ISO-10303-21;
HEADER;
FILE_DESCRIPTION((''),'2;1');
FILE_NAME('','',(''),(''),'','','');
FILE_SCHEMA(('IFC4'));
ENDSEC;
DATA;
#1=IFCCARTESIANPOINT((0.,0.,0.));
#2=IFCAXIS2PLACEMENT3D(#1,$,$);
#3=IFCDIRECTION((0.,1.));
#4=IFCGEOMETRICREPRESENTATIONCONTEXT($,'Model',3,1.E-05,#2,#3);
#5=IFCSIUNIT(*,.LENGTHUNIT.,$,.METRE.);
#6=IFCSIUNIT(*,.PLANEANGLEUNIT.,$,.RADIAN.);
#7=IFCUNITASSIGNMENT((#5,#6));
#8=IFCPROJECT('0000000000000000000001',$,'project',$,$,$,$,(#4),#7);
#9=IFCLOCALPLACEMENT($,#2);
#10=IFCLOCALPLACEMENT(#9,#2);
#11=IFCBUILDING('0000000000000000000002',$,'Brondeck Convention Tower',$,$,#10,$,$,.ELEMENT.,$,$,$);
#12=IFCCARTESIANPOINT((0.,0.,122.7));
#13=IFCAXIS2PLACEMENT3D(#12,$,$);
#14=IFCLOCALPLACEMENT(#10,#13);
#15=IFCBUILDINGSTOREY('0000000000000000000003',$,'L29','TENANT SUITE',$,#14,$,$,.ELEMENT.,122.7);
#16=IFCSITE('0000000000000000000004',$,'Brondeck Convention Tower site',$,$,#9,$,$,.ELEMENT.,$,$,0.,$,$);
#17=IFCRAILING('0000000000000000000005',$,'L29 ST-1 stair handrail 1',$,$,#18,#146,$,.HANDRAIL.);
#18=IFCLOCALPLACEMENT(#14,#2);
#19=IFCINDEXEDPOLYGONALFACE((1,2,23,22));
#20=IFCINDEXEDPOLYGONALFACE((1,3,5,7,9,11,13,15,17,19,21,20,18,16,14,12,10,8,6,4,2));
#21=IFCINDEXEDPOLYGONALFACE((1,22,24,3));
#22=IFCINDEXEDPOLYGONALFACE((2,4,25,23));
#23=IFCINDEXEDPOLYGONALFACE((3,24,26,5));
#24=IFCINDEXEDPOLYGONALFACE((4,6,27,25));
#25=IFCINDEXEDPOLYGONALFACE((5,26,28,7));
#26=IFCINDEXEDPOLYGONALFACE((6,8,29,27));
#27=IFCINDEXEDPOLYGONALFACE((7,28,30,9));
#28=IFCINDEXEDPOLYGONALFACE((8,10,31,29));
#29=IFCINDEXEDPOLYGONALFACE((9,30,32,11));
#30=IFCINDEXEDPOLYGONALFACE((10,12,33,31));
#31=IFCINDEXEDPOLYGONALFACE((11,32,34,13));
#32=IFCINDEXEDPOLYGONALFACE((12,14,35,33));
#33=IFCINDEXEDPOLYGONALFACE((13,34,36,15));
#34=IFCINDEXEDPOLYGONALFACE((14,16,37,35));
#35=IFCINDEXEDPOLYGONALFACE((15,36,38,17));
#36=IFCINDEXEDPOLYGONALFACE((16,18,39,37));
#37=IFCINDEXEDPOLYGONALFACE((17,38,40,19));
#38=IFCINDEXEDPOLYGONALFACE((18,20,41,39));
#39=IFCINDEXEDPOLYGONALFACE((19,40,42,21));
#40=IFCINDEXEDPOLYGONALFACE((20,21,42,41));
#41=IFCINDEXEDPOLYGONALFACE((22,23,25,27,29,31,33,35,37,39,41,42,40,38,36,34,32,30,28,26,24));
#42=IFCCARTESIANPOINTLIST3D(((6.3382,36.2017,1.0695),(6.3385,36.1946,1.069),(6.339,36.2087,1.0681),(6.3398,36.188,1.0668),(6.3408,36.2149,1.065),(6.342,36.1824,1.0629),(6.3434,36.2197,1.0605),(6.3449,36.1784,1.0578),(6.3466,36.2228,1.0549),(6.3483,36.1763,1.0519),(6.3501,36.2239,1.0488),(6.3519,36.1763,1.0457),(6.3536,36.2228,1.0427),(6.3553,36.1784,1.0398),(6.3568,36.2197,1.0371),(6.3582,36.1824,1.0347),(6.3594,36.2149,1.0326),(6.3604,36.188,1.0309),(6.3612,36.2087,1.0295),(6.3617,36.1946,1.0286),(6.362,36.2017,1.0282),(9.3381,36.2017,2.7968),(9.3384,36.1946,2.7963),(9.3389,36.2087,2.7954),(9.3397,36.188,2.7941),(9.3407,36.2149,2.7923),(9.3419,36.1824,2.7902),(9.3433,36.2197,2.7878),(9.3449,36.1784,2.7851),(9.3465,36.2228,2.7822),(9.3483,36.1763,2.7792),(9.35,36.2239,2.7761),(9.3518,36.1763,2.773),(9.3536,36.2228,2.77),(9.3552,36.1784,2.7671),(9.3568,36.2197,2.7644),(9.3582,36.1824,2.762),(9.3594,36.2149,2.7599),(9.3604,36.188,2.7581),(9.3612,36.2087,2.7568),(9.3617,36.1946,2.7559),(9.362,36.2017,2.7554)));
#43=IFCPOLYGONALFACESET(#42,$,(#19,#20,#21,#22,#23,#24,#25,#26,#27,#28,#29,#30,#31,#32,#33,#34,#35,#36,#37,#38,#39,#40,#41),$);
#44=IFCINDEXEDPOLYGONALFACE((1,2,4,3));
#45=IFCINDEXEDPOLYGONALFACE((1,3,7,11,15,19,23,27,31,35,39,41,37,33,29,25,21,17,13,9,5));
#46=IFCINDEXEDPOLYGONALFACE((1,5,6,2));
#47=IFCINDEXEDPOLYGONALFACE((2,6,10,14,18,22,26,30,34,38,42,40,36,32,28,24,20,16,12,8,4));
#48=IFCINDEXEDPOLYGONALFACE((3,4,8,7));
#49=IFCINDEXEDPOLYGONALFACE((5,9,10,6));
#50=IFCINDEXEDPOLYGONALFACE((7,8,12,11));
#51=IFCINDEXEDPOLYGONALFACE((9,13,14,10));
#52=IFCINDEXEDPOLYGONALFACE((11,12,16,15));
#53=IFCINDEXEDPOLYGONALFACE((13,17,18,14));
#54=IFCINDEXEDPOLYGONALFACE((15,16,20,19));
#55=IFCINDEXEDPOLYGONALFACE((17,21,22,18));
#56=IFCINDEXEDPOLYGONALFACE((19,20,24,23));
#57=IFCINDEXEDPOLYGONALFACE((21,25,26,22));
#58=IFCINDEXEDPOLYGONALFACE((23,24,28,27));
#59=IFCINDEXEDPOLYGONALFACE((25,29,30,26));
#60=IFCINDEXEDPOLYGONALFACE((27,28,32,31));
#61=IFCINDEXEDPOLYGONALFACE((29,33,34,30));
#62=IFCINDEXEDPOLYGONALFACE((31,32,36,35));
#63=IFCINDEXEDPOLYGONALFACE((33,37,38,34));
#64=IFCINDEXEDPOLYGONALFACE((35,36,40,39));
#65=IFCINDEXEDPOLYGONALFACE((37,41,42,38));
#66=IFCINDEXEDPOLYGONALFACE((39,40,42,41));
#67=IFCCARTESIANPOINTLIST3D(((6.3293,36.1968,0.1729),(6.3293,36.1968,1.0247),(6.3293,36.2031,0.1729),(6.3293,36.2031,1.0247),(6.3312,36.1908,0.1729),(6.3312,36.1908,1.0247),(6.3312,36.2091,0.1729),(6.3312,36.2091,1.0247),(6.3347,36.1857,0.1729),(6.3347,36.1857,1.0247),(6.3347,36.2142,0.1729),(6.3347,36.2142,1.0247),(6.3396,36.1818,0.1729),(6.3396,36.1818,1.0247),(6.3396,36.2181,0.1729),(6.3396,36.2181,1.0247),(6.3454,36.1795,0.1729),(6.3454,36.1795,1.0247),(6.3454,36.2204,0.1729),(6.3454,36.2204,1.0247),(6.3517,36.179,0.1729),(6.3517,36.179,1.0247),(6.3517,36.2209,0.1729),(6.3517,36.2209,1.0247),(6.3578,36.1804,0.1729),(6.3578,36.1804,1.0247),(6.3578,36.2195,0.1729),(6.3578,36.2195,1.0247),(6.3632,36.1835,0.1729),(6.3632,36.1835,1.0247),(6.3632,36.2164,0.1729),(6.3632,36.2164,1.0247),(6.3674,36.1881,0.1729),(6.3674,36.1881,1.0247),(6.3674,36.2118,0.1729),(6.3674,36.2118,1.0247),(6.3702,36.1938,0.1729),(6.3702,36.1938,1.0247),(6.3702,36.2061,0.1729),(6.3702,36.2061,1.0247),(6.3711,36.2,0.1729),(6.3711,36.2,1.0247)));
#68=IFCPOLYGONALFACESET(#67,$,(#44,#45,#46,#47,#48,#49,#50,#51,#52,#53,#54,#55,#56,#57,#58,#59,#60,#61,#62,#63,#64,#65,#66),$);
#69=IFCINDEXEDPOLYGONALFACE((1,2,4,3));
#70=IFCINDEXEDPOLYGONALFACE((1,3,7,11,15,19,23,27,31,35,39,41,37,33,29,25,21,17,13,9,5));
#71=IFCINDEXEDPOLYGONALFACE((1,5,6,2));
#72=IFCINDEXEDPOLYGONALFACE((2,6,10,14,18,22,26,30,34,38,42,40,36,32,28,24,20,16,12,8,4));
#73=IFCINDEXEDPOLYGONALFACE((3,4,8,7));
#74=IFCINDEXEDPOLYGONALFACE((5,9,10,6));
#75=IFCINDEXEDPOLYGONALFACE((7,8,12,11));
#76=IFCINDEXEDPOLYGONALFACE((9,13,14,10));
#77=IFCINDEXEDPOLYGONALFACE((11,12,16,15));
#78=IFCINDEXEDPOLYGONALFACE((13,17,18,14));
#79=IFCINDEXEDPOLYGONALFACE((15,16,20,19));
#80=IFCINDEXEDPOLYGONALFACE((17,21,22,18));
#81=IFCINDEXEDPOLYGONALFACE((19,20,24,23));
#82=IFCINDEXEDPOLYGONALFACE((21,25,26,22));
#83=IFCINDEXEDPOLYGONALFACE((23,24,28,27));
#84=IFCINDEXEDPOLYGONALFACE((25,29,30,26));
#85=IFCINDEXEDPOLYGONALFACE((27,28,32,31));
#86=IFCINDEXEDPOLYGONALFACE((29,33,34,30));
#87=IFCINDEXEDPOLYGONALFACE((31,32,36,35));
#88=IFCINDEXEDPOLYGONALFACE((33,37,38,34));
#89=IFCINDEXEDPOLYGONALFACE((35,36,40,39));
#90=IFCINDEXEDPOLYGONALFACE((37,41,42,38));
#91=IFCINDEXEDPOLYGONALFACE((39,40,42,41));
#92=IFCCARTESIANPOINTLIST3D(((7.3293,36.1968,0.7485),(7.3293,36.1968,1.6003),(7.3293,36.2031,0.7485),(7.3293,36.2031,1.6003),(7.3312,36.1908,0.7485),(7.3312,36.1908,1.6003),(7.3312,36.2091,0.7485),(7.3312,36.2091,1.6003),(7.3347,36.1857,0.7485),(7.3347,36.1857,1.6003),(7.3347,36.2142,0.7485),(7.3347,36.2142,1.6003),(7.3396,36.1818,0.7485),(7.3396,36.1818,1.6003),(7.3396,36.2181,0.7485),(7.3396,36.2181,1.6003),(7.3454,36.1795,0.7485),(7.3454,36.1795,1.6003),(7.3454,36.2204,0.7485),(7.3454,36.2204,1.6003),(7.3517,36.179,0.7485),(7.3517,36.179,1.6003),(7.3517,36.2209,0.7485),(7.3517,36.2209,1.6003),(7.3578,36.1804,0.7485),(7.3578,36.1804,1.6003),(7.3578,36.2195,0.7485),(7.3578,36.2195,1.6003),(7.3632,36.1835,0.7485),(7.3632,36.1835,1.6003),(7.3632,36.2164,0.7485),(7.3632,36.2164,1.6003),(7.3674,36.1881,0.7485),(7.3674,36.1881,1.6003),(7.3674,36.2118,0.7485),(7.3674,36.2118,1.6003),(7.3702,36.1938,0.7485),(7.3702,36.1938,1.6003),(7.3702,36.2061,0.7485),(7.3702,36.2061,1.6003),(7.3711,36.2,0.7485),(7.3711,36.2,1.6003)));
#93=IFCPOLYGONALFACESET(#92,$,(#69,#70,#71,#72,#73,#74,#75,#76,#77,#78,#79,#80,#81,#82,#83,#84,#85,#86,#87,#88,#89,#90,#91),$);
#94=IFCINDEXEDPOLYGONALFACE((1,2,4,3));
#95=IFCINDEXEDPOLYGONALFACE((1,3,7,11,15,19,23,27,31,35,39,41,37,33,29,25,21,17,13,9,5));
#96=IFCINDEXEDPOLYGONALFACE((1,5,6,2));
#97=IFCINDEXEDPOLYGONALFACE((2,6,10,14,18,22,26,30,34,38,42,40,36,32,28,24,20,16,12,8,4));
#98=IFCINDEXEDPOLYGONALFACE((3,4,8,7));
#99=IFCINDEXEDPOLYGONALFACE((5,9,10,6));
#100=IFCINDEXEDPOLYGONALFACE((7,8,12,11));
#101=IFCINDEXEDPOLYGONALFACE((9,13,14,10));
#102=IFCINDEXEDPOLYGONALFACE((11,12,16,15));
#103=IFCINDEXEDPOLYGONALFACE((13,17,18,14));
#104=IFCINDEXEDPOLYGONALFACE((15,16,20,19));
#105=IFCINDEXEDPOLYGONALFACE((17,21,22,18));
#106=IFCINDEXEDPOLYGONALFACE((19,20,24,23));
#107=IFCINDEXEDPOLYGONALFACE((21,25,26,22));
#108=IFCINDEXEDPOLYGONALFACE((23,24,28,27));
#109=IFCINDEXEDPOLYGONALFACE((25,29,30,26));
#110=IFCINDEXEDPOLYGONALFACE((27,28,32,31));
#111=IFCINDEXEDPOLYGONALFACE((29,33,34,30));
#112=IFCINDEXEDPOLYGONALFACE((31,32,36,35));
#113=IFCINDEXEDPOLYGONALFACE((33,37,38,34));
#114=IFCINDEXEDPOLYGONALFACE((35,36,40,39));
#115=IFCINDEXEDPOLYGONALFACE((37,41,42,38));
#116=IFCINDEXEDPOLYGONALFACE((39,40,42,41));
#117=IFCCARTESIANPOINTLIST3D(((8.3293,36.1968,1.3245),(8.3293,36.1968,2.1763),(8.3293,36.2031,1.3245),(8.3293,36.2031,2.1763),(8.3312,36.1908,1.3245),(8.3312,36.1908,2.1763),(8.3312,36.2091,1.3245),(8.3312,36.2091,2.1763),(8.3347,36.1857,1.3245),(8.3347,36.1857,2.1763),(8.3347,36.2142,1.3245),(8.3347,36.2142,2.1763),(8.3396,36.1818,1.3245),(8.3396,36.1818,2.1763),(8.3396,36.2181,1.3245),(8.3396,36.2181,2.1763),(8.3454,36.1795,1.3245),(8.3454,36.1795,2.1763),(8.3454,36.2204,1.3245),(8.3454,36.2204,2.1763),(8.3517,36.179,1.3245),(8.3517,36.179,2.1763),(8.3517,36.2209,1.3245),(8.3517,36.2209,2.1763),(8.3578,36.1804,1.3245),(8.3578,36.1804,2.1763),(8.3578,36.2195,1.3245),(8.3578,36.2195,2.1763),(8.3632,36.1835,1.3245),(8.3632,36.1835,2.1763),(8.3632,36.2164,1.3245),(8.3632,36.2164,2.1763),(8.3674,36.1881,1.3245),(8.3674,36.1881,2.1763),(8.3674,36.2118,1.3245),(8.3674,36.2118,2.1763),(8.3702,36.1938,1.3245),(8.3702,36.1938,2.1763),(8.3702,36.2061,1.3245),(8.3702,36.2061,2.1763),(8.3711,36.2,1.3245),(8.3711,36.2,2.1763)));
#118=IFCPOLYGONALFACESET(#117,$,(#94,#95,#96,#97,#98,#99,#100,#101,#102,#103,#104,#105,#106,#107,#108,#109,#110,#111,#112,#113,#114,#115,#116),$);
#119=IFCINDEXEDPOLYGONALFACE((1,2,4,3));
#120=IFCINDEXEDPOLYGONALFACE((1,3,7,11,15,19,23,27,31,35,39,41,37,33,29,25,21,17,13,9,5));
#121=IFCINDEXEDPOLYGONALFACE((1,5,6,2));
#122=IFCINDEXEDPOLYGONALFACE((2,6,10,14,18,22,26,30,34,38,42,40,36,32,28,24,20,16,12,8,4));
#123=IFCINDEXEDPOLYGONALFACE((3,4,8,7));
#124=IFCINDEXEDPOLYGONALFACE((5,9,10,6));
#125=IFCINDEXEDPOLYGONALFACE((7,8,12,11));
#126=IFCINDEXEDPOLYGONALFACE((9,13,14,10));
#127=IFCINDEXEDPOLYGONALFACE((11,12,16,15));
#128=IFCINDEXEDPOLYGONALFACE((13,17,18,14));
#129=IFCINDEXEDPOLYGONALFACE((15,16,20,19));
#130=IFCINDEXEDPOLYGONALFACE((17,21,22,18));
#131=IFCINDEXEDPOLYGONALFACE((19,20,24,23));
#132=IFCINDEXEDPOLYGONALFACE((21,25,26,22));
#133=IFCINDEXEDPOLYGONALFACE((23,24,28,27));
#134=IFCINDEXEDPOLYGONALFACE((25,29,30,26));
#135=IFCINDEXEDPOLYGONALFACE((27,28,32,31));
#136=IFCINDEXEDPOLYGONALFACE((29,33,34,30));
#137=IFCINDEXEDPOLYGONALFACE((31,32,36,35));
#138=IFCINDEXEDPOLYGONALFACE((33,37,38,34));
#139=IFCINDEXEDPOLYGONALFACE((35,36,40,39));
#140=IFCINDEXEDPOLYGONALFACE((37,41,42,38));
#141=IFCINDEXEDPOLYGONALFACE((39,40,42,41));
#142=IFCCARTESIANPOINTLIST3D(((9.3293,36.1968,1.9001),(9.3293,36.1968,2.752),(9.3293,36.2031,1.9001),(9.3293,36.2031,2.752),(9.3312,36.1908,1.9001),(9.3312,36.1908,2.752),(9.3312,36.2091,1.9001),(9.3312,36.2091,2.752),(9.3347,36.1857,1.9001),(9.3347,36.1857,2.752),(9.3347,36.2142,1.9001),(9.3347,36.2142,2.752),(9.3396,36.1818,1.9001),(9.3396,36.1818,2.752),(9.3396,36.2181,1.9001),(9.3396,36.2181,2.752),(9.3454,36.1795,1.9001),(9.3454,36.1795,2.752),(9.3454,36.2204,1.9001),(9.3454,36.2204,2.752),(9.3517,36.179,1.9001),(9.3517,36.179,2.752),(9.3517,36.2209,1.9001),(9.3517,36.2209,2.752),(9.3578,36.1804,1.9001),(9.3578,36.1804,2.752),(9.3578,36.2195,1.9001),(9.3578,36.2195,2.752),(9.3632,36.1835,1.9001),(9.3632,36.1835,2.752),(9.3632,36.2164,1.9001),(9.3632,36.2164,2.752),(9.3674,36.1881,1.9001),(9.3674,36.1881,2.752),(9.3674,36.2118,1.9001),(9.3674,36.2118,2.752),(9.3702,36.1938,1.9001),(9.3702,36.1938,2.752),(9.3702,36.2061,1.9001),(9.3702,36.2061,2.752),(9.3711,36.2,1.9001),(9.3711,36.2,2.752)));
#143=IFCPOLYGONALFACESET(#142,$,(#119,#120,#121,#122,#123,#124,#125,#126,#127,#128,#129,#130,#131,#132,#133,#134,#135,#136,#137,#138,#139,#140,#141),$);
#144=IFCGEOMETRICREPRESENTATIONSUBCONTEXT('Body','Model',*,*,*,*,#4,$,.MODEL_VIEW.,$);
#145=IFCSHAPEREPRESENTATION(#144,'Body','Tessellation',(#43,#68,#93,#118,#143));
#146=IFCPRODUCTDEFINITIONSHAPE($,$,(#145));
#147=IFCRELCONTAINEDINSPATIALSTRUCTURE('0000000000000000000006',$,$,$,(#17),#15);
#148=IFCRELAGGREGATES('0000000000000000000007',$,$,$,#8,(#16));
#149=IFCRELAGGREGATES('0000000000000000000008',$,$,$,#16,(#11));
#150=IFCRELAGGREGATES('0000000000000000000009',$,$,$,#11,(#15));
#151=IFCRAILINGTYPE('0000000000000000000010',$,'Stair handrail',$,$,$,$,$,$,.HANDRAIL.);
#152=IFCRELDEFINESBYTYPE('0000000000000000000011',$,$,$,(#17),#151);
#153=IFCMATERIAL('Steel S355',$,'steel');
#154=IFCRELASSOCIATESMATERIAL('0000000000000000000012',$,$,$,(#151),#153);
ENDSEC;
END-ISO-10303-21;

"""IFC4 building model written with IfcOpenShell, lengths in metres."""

from ifc_helpers import new_model, si_unit, direction, frame, origin, origin_2d, place, context, subcontext, project, spatial, circle, extrude, material, type_object, element, save


model = new_model("IFC4")

# Units and contexts
model_context = context("Model", 3, precision=1e-05, world=origin(), true_north=direction((0.0, 1.0)))
body_context = subcontext(model_context, "Body", "Model", "MODEL_VIEW")
ifc_project = project(units=[si_unit("LENGTHUNIT", "METRE"), si_unit("PLANEANGLEUNIT", "RADIAN")], contexts=[model_context])

# Site, building, storey
site_placement = place(None, origin())
site = spatial("IfcSite", under=ifc_project, at=site_placement, Name="Brondeck Convention Tower site", CompositionType="ELEMENT", RefElevation=0.0)
building_placement = place(site_placement, origin())
building = spatial("IfcBuilding", under=site, at=building_placement, Name="Brondeck Convention Tower", CompositionType="ELEMENT")
storey_placement = place(building_placement, frame((0.0, 0.0, 122.7)))
storey = spatial("IfcBuildingStorey", under=building, at=storey_placement, Name="L29", Description="TENANT SUITE", CompositionType="ELEMENT", Elevation=122.7)

# Railing
ifc_material_1 = material(Name="Steel S355", Category="steel")
railing_type_1 = type_object("IfcRailingType", Name="Stair handrail", PredefinedType="HANDRAIL", material=ifc_material_1)
railing_1_placement = place(storey_placement, frame((6.3501, 36.2, 0.1729)))
element("IfcRailing", 1, at=railing_1_placement, inside=storey, type_object=railing_type_1, Name="L29 ST-1 stair handrail 1", PredefinedType="HANDRAIL", context=body_context, shape_type="SweptSolid", body=[
    extrude(circle(Radius=0.0239, at=origin_2d()), frame((0.0, 0.0, 0.876), z_axis=(0.86662, 0.0, 0.498969), x_axis=(0.0, 1.0, 0.0)), (0.0, 0.0, 1.0), 3.4617),
    extrude(circle(Radius=0.021, at=origin_2d()), origin(), (0.0, 0.0, 1.0), 0.8518),
    extrude(circle(Radius=0.021, at=origin_2d()), frame((1.0, 0.0, 0.5757)), (0.0, 0.0, 1.0), 0.8518),
    extrude(circle(Radius=0.021, at=origin_2d()), frame((2.0, 0.0, 1.1516)), (0.0, 0.0, 1.0), 0.8518),
    extrude(circle(Radius=0.021, at=origin_2d()), frame((3.0, 0.0, 1.7273)), (0.0, 0.0, 1.0), 0.8518),
])

save(model, "model.ifc")
